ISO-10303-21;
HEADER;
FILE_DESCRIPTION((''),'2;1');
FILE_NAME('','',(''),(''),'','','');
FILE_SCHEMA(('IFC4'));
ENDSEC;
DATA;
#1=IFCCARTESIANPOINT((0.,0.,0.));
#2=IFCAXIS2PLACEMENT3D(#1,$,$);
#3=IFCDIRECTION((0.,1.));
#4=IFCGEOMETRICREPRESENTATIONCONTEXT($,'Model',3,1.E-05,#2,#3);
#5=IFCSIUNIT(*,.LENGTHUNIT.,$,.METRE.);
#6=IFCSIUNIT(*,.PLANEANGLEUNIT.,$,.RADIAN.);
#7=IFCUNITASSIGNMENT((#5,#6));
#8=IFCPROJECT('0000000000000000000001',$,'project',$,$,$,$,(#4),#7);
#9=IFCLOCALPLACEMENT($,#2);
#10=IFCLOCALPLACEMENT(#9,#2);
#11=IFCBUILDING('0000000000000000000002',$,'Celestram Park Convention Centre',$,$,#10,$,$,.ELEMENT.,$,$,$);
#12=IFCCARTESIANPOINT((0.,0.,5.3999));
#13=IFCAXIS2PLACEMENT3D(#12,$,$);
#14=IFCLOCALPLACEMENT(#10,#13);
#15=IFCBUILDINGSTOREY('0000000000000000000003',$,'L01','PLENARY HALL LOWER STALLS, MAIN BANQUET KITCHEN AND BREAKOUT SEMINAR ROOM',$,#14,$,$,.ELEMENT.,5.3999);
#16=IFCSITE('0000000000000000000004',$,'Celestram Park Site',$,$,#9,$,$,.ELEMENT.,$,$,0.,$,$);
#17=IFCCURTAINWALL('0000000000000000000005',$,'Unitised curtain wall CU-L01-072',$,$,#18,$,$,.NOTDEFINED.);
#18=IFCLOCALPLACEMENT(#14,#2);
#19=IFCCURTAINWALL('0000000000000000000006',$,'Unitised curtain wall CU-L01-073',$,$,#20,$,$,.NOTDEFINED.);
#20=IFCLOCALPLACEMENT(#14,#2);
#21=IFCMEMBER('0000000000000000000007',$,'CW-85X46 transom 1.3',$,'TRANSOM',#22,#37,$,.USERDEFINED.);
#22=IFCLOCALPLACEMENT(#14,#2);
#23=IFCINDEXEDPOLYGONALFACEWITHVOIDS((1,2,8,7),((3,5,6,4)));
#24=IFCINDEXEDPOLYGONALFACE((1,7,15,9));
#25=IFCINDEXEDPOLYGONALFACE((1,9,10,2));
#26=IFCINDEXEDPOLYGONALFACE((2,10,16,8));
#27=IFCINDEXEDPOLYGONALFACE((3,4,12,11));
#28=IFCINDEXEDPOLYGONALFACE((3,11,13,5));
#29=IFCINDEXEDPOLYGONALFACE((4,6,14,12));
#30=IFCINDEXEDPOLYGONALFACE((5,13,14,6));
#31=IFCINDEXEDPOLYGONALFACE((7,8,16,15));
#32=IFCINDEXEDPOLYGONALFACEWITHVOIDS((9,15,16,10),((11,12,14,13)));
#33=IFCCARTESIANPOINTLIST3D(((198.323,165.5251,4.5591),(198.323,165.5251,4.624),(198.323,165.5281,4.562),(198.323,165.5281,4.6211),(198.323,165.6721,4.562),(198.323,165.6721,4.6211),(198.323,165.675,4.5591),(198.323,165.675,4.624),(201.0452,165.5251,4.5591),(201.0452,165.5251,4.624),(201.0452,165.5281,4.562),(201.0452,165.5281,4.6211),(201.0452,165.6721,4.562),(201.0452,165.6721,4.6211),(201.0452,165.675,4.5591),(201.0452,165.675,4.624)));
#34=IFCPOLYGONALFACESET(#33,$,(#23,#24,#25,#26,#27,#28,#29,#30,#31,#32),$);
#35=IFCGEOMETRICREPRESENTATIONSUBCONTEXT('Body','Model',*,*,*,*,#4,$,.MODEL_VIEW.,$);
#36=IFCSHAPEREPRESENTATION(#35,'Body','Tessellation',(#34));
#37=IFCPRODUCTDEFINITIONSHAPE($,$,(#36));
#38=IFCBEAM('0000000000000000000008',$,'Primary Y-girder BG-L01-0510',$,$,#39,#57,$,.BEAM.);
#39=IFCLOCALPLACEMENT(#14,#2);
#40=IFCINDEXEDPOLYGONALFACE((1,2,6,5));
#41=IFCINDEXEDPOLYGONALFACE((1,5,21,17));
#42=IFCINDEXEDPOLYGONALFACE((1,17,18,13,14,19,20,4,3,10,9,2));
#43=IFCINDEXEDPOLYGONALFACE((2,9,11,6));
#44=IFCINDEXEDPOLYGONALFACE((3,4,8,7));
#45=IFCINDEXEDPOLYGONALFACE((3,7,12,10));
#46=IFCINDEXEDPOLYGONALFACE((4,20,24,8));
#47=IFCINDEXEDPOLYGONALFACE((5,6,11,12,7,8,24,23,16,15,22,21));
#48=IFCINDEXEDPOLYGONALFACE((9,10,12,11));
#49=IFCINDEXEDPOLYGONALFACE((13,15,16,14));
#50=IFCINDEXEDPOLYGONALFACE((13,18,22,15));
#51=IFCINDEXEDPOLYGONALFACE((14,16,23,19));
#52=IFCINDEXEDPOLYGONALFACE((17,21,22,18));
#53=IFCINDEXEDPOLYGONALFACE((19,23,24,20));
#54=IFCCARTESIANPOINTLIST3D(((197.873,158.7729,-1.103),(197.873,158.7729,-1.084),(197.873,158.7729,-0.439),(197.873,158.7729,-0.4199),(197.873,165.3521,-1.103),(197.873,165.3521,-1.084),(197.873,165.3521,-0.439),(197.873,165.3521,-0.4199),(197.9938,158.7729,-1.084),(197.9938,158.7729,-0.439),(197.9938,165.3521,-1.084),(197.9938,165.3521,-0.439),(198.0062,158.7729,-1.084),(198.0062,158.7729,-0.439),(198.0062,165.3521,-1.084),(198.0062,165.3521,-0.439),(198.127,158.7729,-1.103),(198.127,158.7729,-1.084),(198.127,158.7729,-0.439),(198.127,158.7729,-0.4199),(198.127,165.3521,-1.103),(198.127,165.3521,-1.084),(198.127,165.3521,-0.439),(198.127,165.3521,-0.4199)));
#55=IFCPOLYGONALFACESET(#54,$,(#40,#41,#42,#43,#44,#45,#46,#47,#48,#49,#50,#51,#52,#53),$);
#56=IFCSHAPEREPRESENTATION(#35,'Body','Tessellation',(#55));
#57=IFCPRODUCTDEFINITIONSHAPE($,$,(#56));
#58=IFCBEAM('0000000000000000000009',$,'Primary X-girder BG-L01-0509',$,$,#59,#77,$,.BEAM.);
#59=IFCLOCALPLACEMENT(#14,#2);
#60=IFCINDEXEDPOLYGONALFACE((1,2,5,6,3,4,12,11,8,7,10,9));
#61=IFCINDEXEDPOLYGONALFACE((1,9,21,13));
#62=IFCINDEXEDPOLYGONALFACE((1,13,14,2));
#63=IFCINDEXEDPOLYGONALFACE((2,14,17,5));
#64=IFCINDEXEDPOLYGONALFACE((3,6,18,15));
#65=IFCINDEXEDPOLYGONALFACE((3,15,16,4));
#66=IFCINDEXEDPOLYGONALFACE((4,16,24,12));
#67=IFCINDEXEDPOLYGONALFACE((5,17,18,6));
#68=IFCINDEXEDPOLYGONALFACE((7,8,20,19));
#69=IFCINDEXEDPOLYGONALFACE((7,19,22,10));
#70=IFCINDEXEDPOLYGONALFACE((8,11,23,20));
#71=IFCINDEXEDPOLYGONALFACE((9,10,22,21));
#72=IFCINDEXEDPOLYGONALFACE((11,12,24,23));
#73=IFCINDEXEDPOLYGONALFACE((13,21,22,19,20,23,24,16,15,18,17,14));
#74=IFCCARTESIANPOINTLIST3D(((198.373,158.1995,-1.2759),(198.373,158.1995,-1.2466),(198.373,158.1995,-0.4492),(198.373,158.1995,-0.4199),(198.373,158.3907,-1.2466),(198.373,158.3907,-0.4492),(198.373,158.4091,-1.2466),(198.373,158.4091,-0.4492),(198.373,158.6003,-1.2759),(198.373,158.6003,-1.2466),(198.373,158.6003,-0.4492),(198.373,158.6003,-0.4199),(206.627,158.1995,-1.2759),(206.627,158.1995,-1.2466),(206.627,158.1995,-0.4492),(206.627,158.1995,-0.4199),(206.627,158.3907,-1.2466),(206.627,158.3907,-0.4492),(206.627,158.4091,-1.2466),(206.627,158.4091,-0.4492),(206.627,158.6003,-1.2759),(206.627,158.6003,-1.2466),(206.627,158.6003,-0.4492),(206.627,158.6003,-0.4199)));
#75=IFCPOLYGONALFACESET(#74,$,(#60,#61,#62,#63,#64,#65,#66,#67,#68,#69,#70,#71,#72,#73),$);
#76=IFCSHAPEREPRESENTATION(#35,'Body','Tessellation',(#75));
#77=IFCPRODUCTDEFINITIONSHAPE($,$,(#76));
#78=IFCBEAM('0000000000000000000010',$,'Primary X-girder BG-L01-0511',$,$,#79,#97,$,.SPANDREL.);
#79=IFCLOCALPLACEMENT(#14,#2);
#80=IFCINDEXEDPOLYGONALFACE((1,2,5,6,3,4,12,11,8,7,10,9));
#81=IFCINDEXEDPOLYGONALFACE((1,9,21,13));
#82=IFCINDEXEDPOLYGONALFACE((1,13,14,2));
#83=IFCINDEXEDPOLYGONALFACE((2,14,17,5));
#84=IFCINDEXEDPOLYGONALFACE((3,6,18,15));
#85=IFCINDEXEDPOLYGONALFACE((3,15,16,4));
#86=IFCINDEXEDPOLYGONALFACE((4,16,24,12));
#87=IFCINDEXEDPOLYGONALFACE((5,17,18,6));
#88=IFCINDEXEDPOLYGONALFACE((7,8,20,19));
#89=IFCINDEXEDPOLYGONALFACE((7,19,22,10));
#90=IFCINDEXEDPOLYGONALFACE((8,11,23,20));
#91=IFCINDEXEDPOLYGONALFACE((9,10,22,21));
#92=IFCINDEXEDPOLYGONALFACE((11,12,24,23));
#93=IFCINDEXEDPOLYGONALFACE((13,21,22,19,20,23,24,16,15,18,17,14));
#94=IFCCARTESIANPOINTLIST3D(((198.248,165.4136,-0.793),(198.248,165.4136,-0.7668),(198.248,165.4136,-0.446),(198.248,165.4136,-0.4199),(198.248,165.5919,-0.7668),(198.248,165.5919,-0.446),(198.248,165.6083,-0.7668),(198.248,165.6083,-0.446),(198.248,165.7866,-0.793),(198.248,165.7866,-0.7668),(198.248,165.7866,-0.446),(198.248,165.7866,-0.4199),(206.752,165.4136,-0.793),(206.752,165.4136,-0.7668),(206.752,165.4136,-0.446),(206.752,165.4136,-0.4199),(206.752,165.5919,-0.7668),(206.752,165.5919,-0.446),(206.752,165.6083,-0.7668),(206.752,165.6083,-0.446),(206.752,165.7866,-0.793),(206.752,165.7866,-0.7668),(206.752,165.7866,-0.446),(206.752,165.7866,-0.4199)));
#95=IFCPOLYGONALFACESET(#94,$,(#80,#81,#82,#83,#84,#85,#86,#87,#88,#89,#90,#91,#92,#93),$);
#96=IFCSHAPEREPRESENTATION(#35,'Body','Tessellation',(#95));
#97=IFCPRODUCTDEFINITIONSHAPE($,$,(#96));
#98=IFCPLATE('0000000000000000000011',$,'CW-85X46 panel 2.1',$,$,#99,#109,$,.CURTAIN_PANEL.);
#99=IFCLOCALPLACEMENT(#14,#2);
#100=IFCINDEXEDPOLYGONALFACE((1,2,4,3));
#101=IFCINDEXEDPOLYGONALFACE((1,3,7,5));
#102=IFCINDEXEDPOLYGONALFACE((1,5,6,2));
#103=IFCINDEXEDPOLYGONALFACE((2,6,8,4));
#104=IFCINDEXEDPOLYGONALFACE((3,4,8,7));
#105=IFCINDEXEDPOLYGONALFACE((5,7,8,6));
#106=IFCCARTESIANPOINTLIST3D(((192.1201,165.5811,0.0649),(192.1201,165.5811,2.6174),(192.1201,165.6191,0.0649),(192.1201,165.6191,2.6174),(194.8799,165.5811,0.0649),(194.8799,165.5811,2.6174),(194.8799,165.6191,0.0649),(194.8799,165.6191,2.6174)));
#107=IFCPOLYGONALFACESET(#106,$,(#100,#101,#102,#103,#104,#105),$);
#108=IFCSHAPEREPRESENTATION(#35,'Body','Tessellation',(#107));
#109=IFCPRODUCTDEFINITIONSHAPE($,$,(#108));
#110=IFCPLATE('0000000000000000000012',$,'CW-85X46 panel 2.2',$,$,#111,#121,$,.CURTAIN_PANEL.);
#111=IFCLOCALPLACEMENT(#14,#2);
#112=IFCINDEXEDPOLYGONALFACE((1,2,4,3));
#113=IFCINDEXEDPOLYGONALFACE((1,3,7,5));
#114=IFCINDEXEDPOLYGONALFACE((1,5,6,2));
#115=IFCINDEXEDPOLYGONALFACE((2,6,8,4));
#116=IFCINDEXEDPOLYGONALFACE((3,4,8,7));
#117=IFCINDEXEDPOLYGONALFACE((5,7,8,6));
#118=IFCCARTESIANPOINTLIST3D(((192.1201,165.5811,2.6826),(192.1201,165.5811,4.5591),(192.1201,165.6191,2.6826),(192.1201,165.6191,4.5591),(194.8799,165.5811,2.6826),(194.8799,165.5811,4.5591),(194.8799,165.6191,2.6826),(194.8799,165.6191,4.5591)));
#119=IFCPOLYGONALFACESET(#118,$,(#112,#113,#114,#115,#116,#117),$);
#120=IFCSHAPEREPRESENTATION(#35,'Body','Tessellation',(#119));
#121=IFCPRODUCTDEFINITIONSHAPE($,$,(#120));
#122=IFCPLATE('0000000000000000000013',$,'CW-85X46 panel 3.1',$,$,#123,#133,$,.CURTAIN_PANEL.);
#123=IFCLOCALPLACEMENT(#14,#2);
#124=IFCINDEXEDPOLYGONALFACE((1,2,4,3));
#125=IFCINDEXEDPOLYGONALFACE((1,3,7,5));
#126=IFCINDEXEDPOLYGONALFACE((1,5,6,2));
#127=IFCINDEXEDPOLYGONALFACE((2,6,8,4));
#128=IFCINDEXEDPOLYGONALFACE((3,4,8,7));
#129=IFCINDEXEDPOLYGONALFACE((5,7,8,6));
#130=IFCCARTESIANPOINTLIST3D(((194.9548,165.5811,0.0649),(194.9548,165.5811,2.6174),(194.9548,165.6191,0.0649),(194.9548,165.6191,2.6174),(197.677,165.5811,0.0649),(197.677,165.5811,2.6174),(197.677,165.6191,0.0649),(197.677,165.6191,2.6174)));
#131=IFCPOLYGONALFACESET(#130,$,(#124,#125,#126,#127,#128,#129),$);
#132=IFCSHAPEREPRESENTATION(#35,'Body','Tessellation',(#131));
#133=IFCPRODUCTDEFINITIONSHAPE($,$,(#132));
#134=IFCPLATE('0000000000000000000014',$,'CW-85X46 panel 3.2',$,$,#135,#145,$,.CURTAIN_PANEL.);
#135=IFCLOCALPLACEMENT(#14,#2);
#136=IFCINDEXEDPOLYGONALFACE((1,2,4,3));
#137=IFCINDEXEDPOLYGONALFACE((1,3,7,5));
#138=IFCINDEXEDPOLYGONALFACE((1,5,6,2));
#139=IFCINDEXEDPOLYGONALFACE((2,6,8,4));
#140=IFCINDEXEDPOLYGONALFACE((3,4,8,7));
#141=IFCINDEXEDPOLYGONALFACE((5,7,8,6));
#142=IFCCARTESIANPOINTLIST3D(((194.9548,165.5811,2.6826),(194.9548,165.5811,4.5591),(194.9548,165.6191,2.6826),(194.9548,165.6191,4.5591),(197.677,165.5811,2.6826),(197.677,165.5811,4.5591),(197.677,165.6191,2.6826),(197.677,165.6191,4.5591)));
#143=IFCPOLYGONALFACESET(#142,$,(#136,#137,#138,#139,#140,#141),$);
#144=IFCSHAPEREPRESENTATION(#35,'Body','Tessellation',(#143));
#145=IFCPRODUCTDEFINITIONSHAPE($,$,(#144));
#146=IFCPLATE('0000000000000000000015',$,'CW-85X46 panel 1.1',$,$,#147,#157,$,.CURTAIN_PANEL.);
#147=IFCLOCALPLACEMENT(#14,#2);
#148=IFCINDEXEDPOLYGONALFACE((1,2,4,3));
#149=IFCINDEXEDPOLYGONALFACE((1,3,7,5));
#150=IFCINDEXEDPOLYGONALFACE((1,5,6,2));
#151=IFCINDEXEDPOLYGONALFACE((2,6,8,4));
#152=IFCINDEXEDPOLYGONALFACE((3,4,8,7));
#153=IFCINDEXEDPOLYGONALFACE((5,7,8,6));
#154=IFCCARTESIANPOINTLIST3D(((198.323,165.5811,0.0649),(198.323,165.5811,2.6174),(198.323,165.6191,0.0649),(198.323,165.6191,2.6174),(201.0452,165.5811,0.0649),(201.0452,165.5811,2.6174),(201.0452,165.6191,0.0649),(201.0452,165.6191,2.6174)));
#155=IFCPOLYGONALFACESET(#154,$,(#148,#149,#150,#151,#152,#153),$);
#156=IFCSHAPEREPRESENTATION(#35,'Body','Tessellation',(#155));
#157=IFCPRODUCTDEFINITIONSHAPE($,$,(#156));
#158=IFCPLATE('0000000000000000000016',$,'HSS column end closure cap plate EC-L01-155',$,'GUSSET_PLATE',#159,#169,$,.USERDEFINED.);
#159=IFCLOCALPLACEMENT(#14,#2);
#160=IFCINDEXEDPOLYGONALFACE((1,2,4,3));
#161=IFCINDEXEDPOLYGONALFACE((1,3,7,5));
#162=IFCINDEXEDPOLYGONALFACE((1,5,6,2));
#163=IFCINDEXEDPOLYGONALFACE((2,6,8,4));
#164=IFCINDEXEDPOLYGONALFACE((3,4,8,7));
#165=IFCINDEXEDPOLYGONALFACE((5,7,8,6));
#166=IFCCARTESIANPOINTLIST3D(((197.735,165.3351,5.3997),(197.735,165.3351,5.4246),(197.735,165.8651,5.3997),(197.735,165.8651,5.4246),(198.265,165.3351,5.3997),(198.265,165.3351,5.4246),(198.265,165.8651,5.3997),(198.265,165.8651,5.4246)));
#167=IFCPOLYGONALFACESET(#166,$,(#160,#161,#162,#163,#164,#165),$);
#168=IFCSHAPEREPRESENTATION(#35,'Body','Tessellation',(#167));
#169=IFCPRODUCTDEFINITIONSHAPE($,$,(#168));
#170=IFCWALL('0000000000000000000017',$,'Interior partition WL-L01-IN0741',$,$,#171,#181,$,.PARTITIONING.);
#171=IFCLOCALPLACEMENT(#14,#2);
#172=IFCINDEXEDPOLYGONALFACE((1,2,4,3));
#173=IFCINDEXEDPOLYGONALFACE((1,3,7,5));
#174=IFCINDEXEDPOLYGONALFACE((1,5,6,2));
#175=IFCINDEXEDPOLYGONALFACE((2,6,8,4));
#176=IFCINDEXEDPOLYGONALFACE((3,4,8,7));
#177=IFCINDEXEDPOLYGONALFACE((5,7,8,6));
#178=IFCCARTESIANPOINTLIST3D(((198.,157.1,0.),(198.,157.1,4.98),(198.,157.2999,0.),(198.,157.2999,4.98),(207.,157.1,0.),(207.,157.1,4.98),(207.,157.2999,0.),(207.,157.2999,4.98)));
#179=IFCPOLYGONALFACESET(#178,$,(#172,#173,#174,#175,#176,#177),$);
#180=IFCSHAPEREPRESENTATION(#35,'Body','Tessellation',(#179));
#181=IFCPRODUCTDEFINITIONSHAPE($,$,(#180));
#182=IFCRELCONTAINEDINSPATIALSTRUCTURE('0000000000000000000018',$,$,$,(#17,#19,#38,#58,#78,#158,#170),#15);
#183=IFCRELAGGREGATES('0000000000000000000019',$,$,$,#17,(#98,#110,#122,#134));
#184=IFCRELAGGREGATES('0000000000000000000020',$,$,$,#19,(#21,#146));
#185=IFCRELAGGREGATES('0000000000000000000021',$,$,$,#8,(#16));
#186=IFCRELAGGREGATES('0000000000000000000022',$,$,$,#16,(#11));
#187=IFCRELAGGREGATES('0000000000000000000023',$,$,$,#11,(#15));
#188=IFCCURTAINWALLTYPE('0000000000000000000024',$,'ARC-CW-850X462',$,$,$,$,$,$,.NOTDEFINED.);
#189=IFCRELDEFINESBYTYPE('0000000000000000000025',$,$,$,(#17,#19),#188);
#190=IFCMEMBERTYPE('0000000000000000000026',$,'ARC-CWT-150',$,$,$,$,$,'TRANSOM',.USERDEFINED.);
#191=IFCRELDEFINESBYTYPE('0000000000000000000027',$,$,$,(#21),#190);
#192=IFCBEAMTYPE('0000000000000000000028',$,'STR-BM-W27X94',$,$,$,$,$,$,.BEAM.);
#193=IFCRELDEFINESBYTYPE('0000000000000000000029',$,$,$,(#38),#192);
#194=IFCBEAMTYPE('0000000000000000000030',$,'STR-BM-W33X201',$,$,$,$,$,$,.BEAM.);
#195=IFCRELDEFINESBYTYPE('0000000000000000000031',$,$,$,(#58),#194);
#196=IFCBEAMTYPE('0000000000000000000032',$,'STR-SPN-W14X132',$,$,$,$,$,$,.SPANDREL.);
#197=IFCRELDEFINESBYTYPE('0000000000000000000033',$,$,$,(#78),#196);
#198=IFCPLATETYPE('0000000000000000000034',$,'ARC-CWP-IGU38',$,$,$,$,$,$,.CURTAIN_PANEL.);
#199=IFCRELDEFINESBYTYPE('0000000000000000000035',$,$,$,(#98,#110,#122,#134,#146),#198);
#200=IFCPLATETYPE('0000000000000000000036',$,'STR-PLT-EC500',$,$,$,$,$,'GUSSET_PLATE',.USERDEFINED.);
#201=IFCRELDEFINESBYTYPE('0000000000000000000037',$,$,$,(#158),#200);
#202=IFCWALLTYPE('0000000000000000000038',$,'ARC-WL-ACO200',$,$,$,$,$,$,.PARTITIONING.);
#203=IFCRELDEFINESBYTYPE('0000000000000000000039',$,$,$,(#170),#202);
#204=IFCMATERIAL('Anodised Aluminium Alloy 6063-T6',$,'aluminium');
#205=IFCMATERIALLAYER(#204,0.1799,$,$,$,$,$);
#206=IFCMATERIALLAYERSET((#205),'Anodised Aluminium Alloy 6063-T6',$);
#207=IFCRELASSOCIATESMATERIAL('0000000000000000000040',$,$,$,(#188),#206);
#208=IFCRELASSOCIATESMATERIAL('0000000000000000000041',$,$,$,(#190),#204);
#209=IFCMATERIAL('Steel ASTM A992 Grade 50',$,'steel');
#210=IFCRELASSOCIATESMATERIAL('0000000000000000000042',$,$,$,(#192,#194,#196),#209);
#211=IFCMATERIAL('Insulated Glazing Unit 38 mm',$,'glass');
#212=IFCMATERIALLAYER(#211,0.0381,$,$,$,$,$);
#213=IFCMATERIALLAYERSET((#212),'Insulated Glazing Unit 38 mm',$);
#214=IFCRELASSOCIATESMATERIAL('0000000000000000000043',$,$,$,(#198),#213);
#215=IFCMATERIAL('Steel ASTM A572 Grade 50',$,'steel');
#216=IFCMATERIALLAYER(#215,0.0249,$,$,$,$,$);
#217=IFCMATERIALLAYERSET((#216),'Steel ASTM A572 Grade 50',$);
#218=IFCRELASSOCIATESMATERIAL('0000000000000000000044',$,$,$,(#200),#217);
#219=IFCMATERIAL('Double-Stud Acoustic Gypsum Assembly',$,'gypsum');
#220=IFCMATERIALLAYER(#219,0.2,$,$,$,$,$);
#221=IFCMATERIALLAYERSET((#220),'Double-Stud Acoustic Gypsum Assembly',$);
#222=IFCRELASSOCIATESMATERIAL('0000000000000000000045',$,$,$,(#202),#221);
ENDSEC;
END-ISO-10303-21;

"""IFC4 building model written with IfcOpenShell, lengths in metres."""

from ifc_helpers import new_model, si_unit, direction, frame, frame_2d, origin, origin_2d, place, context, subcontext, project, spatial, rectangle, hollow_rectangle, i_section, extrude, material, layer, layer_set, material_profile, profile_set, type_object, element, aggregate, save


model = new_model("IFC4")

# Units and contexts
model_context = context("Model", 3, precision=1e-05, world=origin(), true_north=direction((0.0, 1.0)))
body_context = subcontext(model_context, "Body", "Model", "MODEL_VIEW")
ifc_project = project(units=[si_unit("LENGTHUNIT", "METRE"), si_unit("PLANEANGLEUNIT", "RADIAN")], contexts=[model_context])

# Site, building, storey
site_placement = place(None, origin())
site = spatial("IfcSite", under=ifc_project, at=site_placement, Name="Celestram Park Site", CompositionType="ELEMENT", RefElevation=0.0)
building_placement = place(site_placement, origin())
building = spatial("IfcBuilding", under=site, at=building_placement, Name="Celestram Park Convention Centre", CompositionType="ELEMENT")
storey_placement = place(building_placement, frame((0.0, 0.0, 5.3999)))
storey = spatial("IfcBuildingStorey", under=building, at=storey_placement, Name="L01", Description="PLENARY HALL LOWER STALLS, MAIN BANQUET KITCHEN AND BREAKOUT SEMINAR ROOM", CompositionType="ELEMENT", Elevation=5.3999)

# Curtain wall
ifc_material_1 = material(Name="Anodised Aluminium Alloy 6063-T6", Category="aluminium")
ifc_layer_1 = layer(ifc_material_1, 0.1799)
ifc_layer_set_1 = layer_set([ifc_layer_1], Name="Anodised Aluminium Alloy 6063-T6")
curtain_wall_type = type_object("IfcCurtainWallType", Name="ARC-CW-850X462", PredefinedType="NOTDEFINED", material=ifc_layer_set_1)
curtain_wall_1_placement = place(storey_placement, origin())
curtain_wall_1 = element("IfcCurtainWall", 1, at=curtain_wall_1_placement, inside=storey, type_object=curtain_wall_type, Name="Unitised curtain wall CU-L01-072", PredefinedType="NOTDEFINED")

# Curtain wall
curtain_wall_2_placement = place(storey_placement, origin())
curtain_wall_2 = element("IfcCurtainWall", 2, at=curtain_wall_2_placement, inside=storey, type_object=curtain_wall_type, Name="Unitised curtain wall CU-L01-073", PredefinedType="NOTDEFINED")

# Member
ifc_material_profile_1 = material_profile(ifc_material_1, hollow_rectangle(XDim=0.1499, YDim=0.0649, WallThickness=0.0029, at=origin_2d()), Name="ALU150X65X3")
ifc_profile_set_1 = profile_set([ifc_material_profile_1], Name="Anodised Aluminium Alloy 6063-T6")
member_type_1 = type_object("IfcMemberType", Name="ARC-CWT-150", ElementType="TRANSOM", PredefinedType="USERDEFINED", material=ifc_profile_set_1)
member_1_placement = place(storey_placement, frame((198.323, 165.6001, 4.5916), z_axis=(1.0, 0.0, 0.0), x_axis=(0.0, 1.0, 0.0)))
member_1 = element("IfcMember", 3, at=member_1_placement, type_object=member_type_1, Name="CW-85X46 transom 1.3", ObjectType="TRANSOM", PredefinedType="USERDEFINED", context=body_context, shape_type="SweptSolid", body=[
    extrude(hollow_rectangle(XDim=0.1499, YDim=0.0649, WallThickness=0.0029, at=origin_2d()), origin(), (0.0, 0.0, 1.0), 2.7222),
])

# Beams
ifc_material_2 = material(Name="Steel ASTM A992 Grade 50", Category="steel")
ifc_material_profile_2 = material_profile(ifc_material_2, i_section(OverallWidth=0.2539, OverallDepth=0.6831, WebThickness=0.0125, FlangeThickness=0.019, at=origin_2d()), Name="W27X94")
ifc_profile_set_2 = profile_set([ifc_material_profile_2], Name="Steel ASTM A992 Grade 50")
beam_type_1 = type_object("IfcBeamType", Name="STR-BM-W27X94", PredefinedType="BEAM", material=ifc_profile_set_2)
beam_1_placement = place(storey_placement, frame((198.0, 158.7729, -0.7615), z_axis=(0.0, 1.0, 0.0), x_axis=(-1.0, 0.0, 0.0)))
element("IfcBeam", 4, at=beam_1_placement, inside=storey, type_object=beam_type_1, Name="Primary Y-girder BG-L01-0510", PredefinedType="BEAM", context=body_context, shape_type="SweptSolid", body=[
    extrude(i_section(OverallWidth=0.2539, OverallDepth=0.6831, WebThickness=0.0125, FlangeThickness=0.019, at=origin_2d()), origin(), (0.0, 0.0, 1.0), 6.5791),
])
ifc_material_profile_3 = material_profile(ifc_material_2, i_section(OverallWidth=0.4009, OverallDepth=0.856, WebThickness=0.0183, FlangeThickness=0.0293, at=origin_2d()), Name="W33X201")
ifc_profile_set_3 = profile_set([ifc_material_profile_3], Name="Steel ASTM A992 Grade 50")
beam_type_2 = type_object("IfcBeamType", Name="STR-BM-W33X201", PredefinedType="BEAM", material=ifc_profile_set_3)
beam_2_placement = place(storey_placement, frame((198.373, 158.3999, -0.8479), z_axis=(1.0, 0.0, 0.0), x_axis=(0.0, 1.0, 0.0)))
element("IfcBeam", 5, at=beam_2_placement, inside=storey, type_object=beam_type_2, Name="Primary X-girder BG-L01-0509", PredefinedType="BEAM", context=body_context, shape_type="SweptSolid", body=[
    extrude(i_section(OverallWidth=0.4009, OverallDepth=0.856, WebThickness=0.0183, FlangeThickness=0.0293, at=origin_2d()), origin(), (0.0, 0.0, 1.0), 8.2539),
])
ifc_material_profile_4 = material_profile(ifc_material_2, i_section(OverallWidth=0.373, OverallDepth=0.373, WebThickness=0.0164, FlangeThickness=0.0261, at=origin_2d()), Name="W14X132")
ifc_profile_set_4 = profile_set([ifc_material_profile_4], Name="Steel ASTM A992 Grade 50")
beam_type_3 = type_object("IfcBeamType", Name="STR-SPN-W14X132", PredefinedType="SPANDREL", material=ifc_profile_set_4)
beam_3_placement = place(storey_placement, frame((198.248, 165.6001, -0.6064), z_axis=(1.0, 0.0, 0.0), x_axis=(0.0, 1.0, 0.0)))
element("IfcBeam", 6, at=beam_3_placement, inside=storey, type_object=beam_type_3, Name="Primary X-girder BG-L01-0511", PredefinedType="SPANDREL", context=body_context, shape_type="SweptSolid", body=[
    extrude(i_section(OverallWidth=0.373, OverallDepth=0.373, WebThickness=0.0164, FlangeThickness=0.0261, at=origin_2d()), origin(), (0.0, 0.0, 1.0), 8.5039),
])

# Plates
ifc_material_3 = material(Name="Insulated Glazing Unit 38 mm", Category="glass")
ifc_layer_2 = layer(ifc_material_3, 0.0381)
ifc_layer_set_2 = layer_set([ifc_layer_2], Name="Insulated Glazing Unit 38 mm")
plate_type_1 = type_object("IfcPlateType", Name="ARC-CWP-IGU38", PredefinedType="CURTAIN_PANEL", material=ifc_layer_set_2)
plate_1_placement = place(storey_placement, frame((193.5, 165.6001, 0.0649), z_axis=(0.0, 0.0, 1.0), x_axis=(1.0, 0.0, 0.0)))
plate_1 = element("IfcPlate", 7, at=plate_1_placement, type_object=plate_type_1, Name="CW-85X46 panel 2.1", PredefinedType="CURTAIN_PANEL", context=body_context, shape_type="SweptSolid", body=[
    extrude(rectangle(XDim=2.7598, YDim=0.0381, at=origin_2d()), origin(), (0.0, 0.0, 1.0), 2.5525),
])
plate_2_placement = place(storey_placement, frame((193.5, 165.6001, 2.6826), z_axis=(0.0, 0.0, 1.0), x_axis=(1.0, 0.0, 0.0)))
plate_2 = element("IfcPlate", 8, at=plate_2_placement, type_object=plate_type_1, Name="CW-85X46 panel 2.2", PredefinedType="CURTAIN_PANEL", context=body_context, shape_type="SweptSolid", body=[
    extrude(rectangle(XDim=2.7598, YDim=0.0381, at=origin_2d()), origin(), (0.0, 0.0, 1.0), 1.8765),
])
plate_3_placement = place(storey_placement, frame((196.3159, 165.6001, 0.0649), z_axis=(0.0, 0.0, 1.0), x_axis=(1.0, 0.0, 0.0)))
plate_3 = element("IfcPlate", 9, at=plate_3_placement, type_object=plate_type_1, Name="CW-85X46 panel 3.1", PredefinedType="CURTAIN_PANEL", context=body_context, shape_type="SweptSolid", body=[
    extrude(rectangle(XDim=2.7222, YDim=0.0381, at=origin_2d()), origin(), (0.0, 0.0, 1.0), 2.5525),
])
plate_4_placement = place(storey_placement, frame((196.3159, 165.6001, 2.6826), z_axis=(0.0, 0.0, 1.0), x_axis=(1.0, 0.0, 0.0)))
plate_4 = element("IfcPlate", 10, at=plate_4_placement, type_object=plate_type_1, Name="CW-85X46 panel 3.2", PredefinedType="CURTAIN_PANEL", context=body_context, shape_type="SweptSolid", body=[
    extrude(rectangle(XDim=2.7222, YDim=0.0381, at=origin_2d()), origin(), (0.0, 0.0, 1.0), 1.8765),
])
aggregate(curtain_wall_1, [plate_1, plate_2, plate_3, plate_4])
plate_5_placement = place(storey_placement, frame((199.6841, 165.6001, 0.0649), z_axis=(0.0, 0.0, 1.0), x_axis=(1.0, 0.0, 0.0)))
plate_5 = element("IfcPlate", 11, at=plate_5_placement, type_object=plate_type_1, Name="CW-85X46 panel 1.1", PredefinedType="CURTAIN_PANEL", context=body_context, shape_type="SweptSolid", body=[
    extrude(rectangle(XDim=2.7222, YDim=0.0381, at=origin_2d()), origin(), (0.0, 0.0, 1.0), 2.5525),
])
aggregate(curtain_wall_2, [member_1, plate_5])
ifc_material_4 = material(Name="Steel ASTM A572 Grade 50", Category="steel")
ifc_layer_3 = layer(ifc_material_4, 0.0249)
ifc_layer_set_3 = layer_set([ifc_layer_3], Name="Steel ASTM A572 Grade 50")
plate_type_2 = type_object("IfcPlateType", Name="STR-PLT-EC500", ElementType="GUSSET_PLATE", PredefinedType="USERDEFINED", material=ifc_layer_set_3)
plate_6_placement = place(storey_placement, frame((198.0, 165.6001, 5.3997), z_axis=(0.0, 0.0, 1.0), x_axis=(1.0, 0.0, 0.0)))
element("IfcPlate", 12, at=plate_6_placement, inside=storey, type_object=plate_type_2, Name="HSS column end closure cap plate EC-L01-155", ObjectType="GUSSET_PLATE", PredefinedType="USERDEFINED", context=body_context, shape_type="SweptSolid", body=[
    extrude(rectangle(XDim=0.53, YDim=0.53, at=origin_2d()), origin(), (0.0, 0.0, 1.0), 0.0249),
])

# Wall
ifc_material_5 = material(Name="Double-Stud Acoustic Gypsum Assembly", Category="gypsum")
ifc_layer_4 = layer(ifc_material_5, 0.2)
ifc_layer_set_4 = layer_set([ifc_layer_4], Name="Double-Stud Acoustic Gypsum Assembly")
wall_type = type_object("IfcWallType", Name="ARC-WL-ACO200", PredefinedType="PARTITIONING", material=ifc_layer_set_4)
wall_placement = place(storey_placement, frame((198.0, 157.2, 0.0), z_axis=(0.0, 0.0, 1.0), x_axis=(1.0, 0.0, 0.0)))
element("IfcWall", 13, at=wall_placement, inside=storey, type_object=wall_type, Name="Interior partition WL-L01-IN0741", PredefinedType="PARTITIONING", context=body_context, shape_type="SweptSolid", body=[
    extrude(rectangle(XDim=9.0, YDim=0.2, at=frame_2d((4.5, 0.0))), origin(), (0.0, 0.0, 1.0), 4.98),
])

save(model, "model.ifc")
